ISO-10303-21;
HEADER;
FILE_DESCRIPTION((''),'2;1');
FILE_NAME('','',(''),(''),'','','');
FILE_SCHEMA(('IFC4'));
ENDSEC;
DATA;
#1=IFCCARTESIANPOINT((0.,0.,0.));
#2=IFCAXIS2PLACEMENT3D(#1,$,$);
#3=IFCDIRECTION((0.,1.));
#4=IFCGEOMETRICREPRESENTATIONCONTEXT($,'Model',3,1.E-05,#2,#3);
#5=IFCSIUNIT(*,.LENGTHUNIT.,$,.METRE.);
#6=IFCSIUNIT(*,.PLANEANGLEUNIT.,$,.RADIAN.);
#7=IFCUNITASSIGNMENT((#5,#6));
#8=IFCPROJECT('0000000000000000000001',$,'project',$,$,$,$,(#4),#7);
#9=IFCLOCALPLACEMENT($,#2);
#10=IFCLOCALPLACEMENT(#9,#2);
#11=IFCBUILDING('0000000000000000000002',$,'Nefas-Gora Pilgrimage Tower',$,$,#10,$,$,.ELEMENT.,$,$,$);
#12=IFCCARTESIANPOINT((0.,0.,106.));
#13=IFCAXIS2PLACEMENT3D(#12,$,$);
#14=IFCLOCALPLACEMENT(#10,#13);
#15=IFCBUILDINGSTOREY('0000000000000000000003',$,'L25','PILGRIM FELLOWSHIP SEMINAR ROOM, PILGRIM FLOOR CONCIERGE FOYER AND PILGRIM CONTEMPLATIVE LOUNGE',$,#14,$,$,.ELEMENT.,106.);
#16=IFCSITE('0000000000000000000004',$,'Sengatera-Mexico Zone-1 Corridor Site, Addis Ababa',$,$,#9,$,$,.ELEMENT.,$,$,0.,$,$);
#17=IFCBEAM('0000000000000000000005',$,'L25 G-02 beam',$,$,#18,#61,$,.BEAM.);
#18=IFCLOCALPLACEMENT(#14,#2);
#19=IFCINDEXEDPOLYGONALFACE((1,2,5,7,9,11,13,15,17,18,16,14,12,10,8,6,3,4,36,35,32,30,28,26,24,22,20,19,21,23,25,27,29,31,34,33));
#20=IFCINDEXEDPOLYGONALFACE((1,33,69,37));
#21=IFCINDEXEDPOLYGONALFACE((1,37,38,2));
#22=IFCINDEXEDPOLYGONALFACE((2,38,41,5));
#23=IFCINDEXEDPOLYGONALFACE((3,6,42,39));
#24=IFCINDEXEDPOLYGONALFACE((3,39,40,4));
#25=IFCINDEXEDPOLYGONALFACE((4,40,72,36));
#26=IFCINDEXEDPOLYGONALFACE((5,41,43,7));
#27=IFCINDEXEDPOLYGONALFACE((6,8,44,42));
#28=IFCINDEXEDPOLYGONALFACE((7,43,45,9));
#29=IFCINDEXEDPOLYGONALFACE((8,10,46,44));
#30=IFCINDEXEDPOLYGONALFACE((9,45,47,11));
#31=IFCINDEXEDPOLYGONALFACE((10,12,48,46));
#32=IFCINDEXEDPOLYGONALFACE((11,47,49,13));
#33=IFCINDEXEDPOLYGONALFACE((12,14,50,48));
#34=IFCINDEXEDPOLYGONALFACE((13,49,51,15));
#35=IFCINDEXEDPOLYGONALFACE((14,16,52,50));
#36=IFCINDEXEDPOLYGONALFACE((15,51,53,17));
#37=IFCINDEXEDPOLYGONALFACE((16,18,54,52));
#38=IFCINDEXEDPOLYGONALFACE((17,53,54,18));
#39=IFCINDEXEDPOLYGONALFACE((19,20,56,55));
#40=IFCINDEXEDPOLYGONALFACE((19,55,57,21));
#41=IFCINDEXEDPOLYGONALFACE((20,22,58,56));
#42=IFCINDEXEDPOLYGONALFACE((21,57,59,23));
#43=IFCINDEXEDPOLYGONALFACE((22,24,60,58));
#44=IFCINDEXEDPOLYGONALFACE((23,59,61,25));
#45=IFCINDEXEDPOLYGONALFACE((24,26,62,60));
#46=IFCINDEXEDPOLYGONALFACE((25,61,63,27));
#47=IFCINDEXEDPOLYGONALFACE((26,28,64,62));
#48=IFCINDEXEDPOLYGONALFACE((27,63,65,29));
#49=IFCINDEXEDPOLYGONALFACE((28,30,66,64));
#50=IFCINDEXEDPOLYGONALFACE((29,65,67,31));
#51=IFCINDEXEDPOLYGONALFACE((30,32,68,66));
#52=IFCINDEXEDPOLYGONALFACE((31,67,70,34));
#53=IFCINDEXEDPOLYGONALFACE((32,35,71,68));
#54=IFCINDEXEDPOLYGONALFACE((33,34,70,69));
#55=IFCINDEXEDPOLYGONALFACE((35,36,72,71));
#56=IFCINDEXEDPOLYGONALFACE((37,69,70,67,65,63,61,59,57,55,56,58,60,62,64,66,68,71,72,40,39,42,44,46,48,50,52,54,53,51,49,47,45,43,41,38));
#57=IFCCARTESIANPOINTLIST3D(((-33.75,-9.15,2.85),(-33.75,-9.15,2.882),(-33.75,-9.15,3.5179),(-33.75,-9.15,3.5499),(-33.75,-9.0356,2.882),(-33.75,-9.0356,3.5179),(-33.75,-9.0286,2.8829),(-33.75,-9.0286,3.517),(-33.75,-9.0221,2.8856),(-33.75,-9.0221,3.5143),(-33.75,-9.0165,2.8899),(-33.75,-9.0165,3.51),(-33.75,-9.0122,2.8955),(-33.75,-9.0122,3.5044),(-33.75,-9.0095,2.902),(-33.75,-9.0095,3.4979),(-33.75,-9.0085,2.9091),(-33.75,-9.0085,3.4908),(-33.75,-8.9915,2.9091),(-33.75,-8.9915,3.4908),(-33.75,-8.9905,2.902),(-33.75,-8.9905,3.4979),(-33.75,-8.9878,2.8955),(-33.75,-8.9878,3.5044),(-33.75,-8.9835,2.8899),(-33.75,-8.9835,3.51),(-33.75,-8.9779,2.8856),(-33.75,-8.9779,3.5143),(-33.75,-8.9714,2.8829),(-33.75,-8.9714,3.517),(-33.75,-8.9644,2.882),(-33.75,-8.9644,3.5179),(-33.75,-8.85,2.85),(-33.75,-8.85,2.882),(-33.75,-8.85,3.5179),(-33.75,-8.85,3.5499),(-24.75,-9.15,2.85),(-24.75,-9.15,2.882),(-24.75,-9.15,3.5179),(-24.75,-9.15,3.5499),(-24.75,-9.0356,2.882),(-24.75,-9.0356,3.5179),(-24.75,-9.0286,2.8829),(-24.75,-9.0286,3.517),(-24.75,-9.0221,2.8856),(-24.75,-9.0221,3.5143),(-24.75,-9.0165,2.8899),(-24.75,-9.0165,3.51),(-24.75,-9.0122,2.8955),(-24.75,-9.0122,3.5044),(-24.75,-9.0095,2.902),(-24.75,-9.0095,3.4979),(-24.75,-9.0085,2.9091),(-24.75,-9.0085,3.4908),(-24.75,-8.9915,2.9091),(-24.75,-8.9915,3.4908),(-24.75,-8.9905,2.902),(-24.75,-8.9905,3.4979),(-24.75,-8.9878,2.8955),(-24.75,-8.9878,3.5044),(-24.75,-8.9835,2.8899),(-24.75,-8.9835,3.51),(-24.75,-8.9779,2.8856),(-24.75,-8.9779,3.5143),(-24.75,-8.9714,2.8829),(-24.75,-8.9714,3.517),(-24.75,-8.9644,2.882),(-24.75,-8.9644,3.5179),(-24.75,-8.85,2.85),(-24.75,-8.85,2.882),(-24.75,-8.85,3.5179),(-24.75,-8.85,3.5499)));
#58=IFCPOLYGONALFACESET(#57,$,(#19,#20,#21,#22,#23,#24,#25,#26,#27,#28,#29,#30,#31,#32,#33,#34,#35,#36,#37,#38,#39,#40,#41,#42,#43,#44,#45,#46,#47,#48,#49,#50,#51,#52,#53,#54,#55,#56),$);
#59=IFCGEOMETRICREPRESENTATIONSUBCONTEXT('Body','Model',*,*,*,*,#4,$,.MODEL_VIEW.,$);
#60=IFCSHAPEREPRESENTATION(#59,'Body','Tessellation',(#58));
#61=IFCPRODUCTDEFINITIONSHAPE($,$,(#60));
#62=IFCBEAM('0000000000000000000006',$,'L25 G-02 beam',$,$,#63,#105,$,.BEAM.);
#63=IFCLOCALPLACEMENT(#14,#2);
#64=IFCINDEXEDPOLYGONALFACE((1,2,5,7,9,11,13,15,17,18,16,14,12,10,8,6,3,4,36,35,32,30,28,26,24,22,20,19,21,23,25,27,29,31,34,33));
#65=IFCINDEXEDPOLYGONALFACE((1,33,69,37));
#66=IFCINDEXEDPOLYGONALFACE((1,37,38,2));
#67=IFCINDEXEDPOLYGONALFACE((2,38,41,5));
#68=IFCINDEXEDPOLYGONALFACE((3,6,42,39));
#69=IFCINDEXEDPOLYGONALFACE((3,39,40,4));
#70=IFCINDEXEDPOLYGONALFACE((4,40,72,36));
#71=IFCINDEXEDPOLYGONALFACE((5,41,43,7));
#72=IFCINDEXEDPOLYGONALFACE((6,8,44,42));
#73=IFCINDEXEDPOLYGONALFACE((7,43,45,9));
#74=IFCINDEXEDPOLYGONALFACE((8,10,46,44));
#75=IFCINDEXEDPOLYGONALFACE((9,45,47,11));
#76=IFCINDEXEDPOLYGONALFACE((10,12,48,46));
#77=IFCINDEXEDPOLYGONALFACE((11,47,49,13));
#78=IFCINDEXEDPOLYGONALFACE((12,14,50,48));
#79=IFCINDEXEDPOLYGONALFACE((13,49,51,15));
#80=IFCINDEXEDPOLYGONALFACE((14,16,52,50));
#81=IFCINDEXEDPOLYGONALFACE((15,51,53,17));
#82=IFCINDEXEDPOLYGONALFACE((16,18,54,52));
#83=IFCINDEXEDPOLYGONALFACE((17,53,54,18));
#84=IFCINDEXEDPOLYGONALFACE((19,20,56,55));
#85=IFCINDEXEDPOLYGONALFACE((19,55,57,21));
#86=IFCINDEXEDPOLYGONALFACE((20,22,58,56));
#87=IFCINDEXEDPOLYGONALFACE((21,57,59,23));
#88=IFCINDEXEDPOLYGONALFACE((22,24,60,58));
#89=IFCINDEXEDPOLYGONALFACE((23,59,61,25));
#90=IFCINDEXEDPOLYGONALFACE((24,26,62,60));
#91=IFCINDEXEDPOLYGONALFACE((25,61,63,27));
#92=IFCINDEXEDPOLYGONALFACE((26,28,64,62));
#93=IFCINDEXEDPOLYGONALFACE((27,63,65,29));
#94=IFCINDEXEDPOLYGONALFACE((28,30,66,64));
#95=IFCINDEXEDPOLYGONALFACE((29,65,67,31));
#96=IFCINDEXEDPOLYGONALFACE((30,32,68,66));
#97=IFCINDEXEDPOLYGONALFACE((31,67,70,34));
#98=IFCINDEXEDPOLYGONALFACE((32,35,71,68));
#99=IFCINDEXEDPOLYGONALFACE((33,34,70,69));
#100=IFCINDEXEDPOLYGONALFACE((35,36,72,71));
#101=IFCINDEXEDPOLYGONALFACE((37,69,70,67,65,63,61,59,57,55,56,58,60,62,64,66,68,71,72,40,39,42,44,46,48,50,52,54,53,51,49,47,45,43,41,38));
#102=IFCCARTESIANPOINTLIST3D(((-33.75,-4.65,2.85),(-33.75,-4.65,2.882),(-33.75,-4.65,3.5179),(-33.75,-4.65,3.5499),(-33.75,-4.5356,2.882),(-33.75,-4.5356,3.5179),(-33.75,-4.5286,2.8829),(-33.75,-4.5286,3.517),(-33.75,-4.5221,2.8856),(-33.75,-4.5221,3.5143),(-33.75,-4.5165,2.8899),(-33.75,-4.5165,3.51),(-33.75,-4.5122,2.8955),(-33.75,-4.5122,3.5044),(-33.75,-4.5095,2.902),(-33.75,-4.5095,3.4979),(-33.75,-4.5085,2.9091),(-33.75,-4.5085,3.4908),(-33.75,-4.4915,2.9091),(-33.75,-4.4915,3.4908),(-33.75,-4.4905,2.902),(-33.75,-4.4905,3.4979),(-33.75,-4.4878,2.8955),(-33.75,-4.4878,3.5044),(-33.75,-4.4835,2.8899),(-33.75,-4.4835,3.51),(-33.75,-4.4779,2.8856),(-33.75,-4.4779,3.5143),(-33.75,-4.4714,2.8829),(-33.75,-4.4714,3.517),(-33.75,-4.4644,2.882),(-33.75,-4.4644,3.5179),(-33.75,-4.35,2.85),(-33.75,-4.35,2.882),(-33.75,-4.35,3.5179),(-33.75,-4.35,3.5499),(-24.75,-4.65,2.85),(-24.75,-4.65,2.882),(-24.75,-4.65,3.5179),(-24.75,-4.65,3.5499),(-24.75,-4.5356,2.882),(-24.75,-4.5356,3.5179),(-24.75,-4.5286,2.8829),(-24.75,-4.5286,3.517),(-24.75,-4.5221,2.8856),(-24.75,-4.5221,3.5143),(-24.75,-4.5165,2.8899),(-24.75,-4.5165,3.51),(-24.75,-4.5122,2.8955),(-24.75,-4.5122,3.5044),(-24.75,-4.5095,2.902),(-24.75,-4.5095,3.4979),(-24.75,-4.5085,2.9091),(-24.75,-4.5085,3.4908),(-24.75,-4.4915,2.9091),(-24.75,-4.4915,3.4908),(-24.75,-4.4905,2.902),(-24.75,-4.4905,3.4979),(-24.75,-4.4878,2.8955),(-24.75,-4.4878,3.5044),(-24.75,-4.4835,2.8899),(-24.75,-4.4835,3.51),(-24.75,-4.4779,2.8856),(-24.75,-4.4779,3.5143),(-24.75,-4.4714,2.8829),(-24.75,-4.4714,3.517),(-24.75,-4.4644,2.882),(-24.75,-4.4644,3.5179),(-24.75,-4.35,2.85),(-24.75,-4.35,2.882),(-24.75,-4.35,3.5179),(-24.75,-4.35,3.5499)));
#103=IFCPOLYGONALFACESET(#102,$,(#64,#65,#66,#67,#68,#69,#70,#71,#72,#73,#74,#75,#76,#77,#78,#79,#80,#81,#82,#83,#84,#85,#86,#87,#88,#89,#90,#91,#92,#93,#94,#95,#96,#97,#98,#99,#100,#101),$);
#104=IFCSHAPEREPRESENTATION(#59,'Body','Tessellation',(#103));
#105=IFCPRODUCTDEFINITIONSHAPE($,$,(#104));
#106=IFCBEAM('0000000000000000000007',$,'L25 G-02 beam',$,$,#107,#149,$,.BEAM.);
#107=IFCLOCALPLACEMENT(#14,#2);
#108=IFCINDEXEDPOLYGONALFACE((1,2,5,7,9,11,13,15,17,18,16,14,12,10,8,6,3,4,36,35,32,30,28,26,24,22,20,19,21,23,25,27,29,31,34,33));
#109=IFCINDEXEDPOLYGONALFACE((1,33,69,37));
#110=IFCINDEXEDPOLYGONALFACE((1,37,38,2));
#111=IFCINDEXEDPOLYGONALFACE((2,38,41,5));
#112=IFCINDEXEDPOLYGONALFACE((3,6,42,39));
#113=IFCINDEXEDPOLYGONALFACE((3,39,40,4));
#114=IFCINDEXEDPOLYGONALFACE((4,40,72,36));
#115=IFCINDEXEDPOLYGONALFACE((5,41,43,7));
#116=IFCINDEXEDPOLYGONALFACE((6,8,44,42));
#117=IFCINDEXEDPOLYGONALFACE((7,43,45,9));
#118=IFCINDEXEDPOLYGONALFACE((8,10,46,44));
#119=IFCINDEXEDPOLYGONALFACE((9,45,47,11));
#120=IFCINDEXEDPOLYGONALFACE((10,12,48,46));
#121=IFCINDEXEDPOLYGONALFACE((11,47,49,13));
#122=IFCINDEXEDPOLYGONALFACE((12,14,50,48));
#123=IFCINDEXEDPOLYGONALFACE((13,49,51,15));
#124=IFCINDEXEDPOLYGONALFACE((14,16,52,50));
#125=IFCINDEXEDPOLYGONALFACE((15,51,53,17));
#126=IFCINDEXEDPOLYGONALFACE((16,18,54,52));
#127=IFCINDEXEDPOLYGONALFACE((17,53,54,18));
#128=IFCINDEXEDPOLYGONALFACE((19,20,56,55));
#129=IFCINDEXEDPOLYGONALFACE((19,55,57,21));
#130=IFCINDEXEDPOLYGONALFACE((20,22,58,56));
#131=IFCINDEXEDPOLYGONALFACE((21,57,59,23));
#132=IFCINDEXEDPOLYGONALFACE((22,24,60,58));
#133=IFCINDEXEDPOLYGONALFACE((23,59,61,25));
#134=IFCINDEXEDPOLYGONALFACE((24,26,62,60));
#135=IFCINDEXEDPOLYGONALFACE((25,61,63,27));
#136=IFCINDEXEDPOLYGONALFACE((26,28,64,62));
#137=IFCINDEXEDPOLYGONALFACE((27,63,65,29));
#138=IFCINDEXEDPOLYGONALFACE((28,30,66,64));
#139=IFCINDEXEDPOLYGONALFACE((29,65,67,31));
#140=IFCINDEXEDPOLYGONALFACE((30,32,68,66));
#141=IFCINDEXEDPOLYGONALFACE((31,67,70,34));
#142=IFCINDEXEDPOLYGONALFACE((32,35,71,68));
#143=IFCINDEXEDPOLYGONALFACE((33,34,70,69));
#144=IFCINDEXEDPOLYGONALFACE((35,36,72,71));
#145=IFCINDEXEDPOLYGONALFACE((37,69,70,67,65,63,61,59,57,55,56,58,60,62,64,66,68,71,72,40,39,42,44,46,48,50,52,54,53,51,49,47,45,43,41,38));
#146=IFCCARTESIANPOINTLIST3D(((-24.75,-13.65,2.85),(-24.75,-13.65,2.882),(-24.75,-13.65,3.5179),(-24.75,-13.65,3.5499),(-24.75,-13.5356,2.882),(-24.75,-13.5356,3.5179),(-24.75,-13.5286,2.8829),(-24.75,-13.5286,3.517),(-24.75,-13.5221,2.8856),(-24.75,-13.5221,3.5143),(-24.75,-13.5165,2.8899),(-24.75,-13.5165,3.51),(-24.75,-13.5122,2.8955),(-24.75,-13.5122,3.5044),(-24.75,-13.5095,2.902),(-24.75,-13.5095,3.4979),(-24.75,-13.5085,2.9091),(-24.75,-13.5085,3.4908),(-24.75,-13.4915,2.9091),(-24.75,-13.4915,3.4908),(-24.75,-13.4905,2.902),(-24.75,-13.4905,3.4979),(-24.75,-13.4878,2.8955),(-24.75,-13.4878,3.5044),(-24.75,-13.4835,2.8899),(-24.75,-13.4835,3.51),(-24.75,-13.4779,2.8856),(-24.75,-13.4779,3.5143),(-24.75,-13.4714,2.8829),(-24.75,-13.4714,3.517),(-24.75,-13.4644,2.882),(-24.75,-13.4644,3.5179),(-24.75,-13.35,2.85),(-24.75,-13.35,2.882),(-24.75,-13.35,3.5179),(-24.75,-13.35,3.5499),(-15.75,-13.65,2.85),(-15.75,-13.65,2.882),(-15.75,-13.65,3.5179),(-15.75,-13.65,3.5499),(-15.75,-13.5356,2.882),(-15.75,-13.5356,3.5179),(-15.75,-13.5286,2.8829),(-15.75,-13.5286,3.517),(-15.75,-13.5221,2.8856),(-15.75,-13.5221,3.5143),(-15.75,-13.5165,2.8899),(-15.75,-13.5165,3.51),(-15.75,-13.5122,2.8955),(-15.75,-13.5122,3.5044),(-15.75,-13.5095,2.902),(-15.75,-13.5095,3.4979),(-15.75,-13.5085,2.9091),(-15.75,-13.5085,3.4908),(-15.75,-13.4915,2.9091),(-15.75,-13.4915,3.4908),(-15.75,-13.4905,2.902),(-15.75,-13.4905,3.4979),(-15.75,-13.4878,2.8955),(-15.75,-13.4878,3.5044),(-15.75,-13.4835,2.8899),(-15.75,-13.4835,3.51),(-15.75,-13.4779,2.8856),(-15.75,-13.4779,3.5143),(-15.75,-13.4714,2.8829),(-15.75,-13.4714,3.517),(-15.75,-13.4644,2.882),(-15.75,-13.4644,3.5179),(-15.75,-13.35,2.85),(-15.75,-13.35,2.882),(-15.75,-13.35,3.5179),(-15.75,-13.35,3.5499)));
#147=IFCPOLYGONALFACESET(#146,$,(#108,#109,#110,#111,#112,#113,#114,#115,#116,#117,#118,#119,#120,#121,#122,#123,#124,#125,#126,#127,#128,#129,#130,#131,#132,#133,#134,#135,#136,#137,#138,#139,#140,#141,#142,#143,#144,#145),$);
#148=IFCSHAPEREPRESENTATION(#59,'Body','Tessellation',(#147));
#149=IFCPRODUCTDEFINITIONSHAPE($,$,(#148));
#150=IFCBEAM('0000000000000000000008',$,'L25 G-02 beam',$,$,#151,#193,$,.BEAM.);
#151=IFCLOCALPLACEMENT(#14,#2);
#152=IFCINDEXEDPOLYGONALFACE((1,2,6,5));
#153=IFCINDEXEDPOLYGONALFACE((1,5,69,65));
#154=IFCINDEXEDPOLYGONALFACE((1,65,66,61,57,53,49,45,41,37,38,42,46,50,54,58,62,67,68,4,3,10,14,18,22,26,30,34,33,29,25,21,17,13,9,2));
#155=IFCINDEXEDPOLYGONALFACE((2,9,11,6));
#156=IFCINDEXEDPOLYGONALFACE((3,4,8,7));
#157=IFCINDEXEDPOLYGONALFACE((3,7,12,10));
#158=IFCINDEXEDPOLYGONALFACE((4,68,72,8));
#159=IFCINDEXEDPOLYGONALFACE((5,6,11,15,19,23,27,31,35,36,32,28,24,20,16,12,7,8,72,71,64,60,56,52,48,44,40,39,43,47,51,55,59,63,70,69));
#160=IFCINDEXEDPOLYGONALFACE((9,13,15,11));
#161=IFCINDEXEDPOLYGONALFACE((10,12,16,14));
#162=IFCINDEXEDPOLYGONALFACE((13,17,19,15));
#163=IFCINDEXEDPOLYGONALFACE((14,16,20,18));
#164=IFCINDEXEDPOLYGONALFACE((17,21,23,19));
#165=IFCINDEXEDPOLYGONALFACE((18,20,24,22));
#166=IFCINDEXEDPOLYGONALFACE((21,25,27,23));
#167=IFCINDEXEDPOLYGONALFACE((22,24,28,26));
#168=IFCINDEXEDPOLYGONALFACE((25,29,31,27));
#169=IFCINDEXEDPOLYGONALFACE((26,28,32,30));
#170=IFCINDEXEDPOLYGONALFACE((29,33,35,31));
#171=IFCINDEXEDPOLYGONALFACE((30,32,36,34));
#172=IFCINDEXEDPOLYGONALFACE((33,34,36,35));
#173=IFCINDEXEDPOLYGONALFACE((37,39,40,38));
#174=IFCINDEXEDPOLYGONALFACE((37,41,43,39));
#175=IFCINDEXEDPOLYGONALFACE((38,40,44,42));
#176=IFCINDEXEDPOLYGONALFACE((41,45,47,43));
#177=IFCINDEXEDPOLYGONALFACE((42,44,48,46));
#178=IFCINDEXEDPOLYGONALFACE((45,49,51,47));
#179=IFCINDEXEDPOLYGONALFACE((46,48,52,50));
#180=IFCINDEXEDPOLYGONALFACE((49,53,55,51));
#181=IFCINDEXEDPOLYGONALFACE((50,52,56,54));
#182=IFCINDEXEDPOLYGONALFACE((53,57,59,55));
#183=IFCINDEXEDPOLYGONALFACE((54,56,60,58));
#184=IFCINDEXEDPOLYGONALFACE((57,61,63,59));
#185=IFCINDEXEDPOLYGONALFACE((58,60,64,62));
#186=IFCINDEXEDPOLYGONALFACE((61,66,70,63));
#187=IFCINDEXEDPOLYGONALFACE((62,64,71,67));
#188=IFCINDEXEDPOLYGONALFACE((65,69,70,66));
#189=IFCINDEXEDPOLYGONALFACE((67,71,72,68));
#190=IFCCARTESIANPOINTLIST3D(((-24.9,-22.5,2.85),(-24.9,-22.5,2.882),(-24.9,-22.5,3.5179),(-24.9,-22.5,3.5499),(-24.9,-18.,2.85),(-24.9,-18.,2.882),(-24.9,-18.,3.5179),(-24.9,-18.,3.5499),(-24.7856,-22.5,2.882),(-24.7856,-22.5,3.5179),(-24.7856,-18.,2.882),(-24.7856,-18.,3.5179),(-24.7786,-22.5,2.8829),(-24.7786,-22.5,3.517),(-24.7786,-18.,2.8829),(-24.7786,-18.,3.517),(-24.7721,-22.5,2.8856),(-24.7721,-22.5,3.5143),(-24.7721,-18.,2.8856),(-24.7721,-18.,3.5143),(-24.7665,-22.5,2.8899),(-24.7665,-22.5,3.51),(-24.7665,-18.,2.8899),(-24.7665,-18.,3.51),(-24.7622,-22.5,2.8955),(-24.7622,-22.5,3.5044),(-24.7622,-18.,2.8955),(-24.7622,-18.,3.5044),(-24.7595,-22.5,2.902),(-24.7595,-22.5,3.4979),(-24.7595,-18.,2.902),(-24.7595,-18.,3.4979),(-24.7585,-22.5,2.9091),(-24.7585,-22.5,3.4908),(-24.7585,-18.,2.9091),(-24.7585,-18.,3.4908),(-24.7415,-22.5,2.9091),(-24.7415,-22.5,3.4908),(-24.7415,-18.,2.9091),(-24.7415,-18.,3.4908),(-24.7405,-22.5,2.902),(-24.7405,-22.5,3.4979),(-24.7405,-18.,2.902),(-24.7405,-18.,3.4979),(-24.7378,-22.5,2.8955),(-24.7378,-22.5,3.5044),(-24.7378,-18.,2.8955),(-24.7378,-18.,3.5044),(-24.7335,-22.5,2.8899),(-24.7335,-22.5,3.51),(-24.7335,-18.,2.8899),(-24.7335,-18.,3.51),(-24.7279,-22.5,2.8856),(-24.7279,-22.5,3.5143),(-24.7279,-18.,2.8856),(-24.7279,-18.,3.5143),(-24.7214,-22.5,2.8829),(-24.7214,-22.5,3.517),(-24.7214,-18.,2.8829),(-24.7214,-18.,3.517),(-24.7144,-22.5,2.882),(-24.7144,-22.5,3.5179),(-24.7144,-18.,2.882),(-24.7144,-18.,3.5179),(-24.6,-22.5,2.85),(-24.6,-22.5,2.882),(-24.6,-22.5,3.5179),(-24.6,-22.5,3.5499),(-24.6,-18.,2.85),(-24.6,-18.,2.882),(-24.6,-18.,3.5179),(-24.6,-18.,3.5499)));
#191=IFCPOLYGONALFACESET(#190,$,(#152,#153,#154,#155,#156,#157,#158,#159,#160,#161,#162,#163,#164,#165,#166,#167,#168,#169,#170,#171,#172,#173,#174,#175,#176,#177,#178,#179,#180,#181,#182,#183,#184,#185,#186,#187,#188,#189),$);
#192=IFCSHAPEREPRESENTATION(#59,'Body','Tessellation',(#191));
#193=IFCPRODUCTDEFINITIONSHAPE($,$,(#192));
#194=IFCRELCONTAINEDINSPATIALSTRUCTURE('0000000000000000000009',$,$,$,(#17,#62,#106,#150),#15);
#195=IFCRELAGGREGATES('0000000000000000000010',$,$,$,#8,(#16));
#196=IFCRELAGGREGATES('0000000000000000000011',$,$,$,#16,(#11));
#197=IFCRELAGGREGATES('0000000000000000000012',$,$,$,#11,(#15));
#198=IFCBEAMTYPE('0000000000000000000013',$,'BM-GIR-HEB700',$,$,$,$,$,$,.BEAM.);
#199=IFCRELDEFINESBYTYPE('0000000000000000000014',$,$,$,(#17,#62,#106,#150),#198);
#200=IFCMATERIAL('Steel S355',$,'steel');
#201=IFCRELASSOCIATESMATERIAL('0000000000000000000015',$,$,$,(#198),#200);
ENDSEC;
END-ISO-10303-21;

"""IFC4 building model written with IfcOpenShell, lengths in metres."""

from ifc_helpers import new_model, si_unit, direction, frame, origin, origin_2d, place, context, subcontext, project, spatial, i_section, extrude, source, transform, mapped, material, material_profile, profile_set, type_object, element, save


model = new_model("IFC4")

# Units and contexts
model_context = context("Model", 3, precision=1e-05, world=origin(), true_north=direction((0.0, 1.0)))
body_context = subcontext(model_context, "Body", "Model", "MODEL_VIEW")
ifc_project = project(units=[si_unit("LENGTHUNIT", "METRE"), si_unit("PLANEANGLEUNIT", "RADIAN")], contexts=[model_context])

# Site, building, storey
site_placement = place(None, origin())
site = spatial("IfcSite", under=ifc_project, at=site_placement, Name="Sengatera-Mexico Zone-1 Corridor Site, Addis Ababa", CompositionType="ELEMENT", RefElevation=0.0)
building_placement = place(site_placement, origin())
building = spatial("IfcBuilding", under=site, at=building_placement, Name="Nefas-Gora Pilgrimage Tower", CompositionType="ELEMENT")
storey_placement = place(building_placement, frame((0.0, 0.0, 106.0)))
storey = spatial("IfcBuildingStorey", under=building, at=storey_placement, Name="L25", Description="PILGRIM FELLOWSHIP SEMINAR ROOM, PILGRIM FLOOR CONCIERGE FOYER AND PILGRIM CONTEMPLATIVE LOUNGE", CompositionType="ELEMENT", Elevation=106.0)

# Beams
ifc_material_1 = material(Name="Steel S355", Category="steel")
ifc_material_profile_1 = material_profile(ifc_material_1, i_section(OverallWidth=0.3, OverallDepth=0.7, WebThickness=0.0171, FlangeThickness=0.032, FilletRadius=0.0271, at=origin_2d()), Name="HEB 700")
ifc_profile_set_1 = profile_set([ifc_material_profile_1], Name="Steel S355")
beam_type_1 = type_object("IfcBeamType", Name="BM-GIR-HEB700", PredefinedType="BEAM", material=ifc_profile_set_1)
shared_shape_1 = source(origin(), body_context, "Body", "SweptSolid", [
    extrude(i_section(OverallWidth=0.3, OverallDepth=0.7, WebThickness=0.0171, FlangeThickness=0.032, FilletRadius=0.0271, at=origin_2d()), origin(), (0.0, 0.0, 1.0), 9.0),
])
for number, where, z_axis, x_axis, name in (
    (1, (-33.75, -9.0, 3.2), (1.0, 0.0, 0.0), (0.0, 1.0, 0.0), "L25 G-02 beam"),
    (2, (-33.75, -4.5, 3.2), (1.0, 0.0, 0.0), (0.0, 1.0, 0.0), "L25 G-02 beam"),
    (3, (-24.75, -13.5, 3.2), (1.0, 0.0, 0.0), (0.0, 1.0, 0.0), "L25 G-02 beam"),
):
    element("IfcBeam", number, at=place(storey_placement, frame(where, z_axis=z_axis, x_axis=x_axis)), inside=storey, type_object=beam_type_1, Name=name, PredefinedType="BEAM", context=body_context, shape_type="MappedRepresentation", body=[
        mapped(shared_shape_1, transform((0.0, 0.0, 0.0), x_axis=(1.0, 0.0, 0.0), y_axis=(0.0, 1.0, 0.0), z_axis=(0.0, 0.0, 1.0), scale=1.0)),
    ])
shared_shape_2 = source(origin(), body_context, "Body", "SweptSolid", [
    extrude(i_section(OverallWidth=0.3, OverallDepth=0.7, WebThickness=0.0171, FlangeThickness=0.032, FilletRadius=0.0271, at=origin_2d()), origin(), (0.0, 0.0, 1.0), 4.5),
])
for number, where, z_axis, x_axis, name in (
    (4, (-24.75, -22.5, 3.2), (0.0, 1.0, 0.0), (-1.0, 0.0, 0.0), "L25 G-02 beam"),
):
    element("IfcBeam", number, at=place(storey_placement, frame(where, z_axis=z_axis, x_axis=x_axis)), inside=storey, type_object=beam_type_1, Name=name, PredefinedType="BEAM", context=body_context, shape_type="MappedRepresentation", body=[
        mapped(shared_shape_2, transform((0.0, 0.0, 0.0), x_axis=(1.0, 0.0, 0.0), y_axis=(0.0, 1.0, 0.0), z_axis=(0.0, 0.0, 1.0), scale=1.0)),
    ])

save(model, "model.ifc")
